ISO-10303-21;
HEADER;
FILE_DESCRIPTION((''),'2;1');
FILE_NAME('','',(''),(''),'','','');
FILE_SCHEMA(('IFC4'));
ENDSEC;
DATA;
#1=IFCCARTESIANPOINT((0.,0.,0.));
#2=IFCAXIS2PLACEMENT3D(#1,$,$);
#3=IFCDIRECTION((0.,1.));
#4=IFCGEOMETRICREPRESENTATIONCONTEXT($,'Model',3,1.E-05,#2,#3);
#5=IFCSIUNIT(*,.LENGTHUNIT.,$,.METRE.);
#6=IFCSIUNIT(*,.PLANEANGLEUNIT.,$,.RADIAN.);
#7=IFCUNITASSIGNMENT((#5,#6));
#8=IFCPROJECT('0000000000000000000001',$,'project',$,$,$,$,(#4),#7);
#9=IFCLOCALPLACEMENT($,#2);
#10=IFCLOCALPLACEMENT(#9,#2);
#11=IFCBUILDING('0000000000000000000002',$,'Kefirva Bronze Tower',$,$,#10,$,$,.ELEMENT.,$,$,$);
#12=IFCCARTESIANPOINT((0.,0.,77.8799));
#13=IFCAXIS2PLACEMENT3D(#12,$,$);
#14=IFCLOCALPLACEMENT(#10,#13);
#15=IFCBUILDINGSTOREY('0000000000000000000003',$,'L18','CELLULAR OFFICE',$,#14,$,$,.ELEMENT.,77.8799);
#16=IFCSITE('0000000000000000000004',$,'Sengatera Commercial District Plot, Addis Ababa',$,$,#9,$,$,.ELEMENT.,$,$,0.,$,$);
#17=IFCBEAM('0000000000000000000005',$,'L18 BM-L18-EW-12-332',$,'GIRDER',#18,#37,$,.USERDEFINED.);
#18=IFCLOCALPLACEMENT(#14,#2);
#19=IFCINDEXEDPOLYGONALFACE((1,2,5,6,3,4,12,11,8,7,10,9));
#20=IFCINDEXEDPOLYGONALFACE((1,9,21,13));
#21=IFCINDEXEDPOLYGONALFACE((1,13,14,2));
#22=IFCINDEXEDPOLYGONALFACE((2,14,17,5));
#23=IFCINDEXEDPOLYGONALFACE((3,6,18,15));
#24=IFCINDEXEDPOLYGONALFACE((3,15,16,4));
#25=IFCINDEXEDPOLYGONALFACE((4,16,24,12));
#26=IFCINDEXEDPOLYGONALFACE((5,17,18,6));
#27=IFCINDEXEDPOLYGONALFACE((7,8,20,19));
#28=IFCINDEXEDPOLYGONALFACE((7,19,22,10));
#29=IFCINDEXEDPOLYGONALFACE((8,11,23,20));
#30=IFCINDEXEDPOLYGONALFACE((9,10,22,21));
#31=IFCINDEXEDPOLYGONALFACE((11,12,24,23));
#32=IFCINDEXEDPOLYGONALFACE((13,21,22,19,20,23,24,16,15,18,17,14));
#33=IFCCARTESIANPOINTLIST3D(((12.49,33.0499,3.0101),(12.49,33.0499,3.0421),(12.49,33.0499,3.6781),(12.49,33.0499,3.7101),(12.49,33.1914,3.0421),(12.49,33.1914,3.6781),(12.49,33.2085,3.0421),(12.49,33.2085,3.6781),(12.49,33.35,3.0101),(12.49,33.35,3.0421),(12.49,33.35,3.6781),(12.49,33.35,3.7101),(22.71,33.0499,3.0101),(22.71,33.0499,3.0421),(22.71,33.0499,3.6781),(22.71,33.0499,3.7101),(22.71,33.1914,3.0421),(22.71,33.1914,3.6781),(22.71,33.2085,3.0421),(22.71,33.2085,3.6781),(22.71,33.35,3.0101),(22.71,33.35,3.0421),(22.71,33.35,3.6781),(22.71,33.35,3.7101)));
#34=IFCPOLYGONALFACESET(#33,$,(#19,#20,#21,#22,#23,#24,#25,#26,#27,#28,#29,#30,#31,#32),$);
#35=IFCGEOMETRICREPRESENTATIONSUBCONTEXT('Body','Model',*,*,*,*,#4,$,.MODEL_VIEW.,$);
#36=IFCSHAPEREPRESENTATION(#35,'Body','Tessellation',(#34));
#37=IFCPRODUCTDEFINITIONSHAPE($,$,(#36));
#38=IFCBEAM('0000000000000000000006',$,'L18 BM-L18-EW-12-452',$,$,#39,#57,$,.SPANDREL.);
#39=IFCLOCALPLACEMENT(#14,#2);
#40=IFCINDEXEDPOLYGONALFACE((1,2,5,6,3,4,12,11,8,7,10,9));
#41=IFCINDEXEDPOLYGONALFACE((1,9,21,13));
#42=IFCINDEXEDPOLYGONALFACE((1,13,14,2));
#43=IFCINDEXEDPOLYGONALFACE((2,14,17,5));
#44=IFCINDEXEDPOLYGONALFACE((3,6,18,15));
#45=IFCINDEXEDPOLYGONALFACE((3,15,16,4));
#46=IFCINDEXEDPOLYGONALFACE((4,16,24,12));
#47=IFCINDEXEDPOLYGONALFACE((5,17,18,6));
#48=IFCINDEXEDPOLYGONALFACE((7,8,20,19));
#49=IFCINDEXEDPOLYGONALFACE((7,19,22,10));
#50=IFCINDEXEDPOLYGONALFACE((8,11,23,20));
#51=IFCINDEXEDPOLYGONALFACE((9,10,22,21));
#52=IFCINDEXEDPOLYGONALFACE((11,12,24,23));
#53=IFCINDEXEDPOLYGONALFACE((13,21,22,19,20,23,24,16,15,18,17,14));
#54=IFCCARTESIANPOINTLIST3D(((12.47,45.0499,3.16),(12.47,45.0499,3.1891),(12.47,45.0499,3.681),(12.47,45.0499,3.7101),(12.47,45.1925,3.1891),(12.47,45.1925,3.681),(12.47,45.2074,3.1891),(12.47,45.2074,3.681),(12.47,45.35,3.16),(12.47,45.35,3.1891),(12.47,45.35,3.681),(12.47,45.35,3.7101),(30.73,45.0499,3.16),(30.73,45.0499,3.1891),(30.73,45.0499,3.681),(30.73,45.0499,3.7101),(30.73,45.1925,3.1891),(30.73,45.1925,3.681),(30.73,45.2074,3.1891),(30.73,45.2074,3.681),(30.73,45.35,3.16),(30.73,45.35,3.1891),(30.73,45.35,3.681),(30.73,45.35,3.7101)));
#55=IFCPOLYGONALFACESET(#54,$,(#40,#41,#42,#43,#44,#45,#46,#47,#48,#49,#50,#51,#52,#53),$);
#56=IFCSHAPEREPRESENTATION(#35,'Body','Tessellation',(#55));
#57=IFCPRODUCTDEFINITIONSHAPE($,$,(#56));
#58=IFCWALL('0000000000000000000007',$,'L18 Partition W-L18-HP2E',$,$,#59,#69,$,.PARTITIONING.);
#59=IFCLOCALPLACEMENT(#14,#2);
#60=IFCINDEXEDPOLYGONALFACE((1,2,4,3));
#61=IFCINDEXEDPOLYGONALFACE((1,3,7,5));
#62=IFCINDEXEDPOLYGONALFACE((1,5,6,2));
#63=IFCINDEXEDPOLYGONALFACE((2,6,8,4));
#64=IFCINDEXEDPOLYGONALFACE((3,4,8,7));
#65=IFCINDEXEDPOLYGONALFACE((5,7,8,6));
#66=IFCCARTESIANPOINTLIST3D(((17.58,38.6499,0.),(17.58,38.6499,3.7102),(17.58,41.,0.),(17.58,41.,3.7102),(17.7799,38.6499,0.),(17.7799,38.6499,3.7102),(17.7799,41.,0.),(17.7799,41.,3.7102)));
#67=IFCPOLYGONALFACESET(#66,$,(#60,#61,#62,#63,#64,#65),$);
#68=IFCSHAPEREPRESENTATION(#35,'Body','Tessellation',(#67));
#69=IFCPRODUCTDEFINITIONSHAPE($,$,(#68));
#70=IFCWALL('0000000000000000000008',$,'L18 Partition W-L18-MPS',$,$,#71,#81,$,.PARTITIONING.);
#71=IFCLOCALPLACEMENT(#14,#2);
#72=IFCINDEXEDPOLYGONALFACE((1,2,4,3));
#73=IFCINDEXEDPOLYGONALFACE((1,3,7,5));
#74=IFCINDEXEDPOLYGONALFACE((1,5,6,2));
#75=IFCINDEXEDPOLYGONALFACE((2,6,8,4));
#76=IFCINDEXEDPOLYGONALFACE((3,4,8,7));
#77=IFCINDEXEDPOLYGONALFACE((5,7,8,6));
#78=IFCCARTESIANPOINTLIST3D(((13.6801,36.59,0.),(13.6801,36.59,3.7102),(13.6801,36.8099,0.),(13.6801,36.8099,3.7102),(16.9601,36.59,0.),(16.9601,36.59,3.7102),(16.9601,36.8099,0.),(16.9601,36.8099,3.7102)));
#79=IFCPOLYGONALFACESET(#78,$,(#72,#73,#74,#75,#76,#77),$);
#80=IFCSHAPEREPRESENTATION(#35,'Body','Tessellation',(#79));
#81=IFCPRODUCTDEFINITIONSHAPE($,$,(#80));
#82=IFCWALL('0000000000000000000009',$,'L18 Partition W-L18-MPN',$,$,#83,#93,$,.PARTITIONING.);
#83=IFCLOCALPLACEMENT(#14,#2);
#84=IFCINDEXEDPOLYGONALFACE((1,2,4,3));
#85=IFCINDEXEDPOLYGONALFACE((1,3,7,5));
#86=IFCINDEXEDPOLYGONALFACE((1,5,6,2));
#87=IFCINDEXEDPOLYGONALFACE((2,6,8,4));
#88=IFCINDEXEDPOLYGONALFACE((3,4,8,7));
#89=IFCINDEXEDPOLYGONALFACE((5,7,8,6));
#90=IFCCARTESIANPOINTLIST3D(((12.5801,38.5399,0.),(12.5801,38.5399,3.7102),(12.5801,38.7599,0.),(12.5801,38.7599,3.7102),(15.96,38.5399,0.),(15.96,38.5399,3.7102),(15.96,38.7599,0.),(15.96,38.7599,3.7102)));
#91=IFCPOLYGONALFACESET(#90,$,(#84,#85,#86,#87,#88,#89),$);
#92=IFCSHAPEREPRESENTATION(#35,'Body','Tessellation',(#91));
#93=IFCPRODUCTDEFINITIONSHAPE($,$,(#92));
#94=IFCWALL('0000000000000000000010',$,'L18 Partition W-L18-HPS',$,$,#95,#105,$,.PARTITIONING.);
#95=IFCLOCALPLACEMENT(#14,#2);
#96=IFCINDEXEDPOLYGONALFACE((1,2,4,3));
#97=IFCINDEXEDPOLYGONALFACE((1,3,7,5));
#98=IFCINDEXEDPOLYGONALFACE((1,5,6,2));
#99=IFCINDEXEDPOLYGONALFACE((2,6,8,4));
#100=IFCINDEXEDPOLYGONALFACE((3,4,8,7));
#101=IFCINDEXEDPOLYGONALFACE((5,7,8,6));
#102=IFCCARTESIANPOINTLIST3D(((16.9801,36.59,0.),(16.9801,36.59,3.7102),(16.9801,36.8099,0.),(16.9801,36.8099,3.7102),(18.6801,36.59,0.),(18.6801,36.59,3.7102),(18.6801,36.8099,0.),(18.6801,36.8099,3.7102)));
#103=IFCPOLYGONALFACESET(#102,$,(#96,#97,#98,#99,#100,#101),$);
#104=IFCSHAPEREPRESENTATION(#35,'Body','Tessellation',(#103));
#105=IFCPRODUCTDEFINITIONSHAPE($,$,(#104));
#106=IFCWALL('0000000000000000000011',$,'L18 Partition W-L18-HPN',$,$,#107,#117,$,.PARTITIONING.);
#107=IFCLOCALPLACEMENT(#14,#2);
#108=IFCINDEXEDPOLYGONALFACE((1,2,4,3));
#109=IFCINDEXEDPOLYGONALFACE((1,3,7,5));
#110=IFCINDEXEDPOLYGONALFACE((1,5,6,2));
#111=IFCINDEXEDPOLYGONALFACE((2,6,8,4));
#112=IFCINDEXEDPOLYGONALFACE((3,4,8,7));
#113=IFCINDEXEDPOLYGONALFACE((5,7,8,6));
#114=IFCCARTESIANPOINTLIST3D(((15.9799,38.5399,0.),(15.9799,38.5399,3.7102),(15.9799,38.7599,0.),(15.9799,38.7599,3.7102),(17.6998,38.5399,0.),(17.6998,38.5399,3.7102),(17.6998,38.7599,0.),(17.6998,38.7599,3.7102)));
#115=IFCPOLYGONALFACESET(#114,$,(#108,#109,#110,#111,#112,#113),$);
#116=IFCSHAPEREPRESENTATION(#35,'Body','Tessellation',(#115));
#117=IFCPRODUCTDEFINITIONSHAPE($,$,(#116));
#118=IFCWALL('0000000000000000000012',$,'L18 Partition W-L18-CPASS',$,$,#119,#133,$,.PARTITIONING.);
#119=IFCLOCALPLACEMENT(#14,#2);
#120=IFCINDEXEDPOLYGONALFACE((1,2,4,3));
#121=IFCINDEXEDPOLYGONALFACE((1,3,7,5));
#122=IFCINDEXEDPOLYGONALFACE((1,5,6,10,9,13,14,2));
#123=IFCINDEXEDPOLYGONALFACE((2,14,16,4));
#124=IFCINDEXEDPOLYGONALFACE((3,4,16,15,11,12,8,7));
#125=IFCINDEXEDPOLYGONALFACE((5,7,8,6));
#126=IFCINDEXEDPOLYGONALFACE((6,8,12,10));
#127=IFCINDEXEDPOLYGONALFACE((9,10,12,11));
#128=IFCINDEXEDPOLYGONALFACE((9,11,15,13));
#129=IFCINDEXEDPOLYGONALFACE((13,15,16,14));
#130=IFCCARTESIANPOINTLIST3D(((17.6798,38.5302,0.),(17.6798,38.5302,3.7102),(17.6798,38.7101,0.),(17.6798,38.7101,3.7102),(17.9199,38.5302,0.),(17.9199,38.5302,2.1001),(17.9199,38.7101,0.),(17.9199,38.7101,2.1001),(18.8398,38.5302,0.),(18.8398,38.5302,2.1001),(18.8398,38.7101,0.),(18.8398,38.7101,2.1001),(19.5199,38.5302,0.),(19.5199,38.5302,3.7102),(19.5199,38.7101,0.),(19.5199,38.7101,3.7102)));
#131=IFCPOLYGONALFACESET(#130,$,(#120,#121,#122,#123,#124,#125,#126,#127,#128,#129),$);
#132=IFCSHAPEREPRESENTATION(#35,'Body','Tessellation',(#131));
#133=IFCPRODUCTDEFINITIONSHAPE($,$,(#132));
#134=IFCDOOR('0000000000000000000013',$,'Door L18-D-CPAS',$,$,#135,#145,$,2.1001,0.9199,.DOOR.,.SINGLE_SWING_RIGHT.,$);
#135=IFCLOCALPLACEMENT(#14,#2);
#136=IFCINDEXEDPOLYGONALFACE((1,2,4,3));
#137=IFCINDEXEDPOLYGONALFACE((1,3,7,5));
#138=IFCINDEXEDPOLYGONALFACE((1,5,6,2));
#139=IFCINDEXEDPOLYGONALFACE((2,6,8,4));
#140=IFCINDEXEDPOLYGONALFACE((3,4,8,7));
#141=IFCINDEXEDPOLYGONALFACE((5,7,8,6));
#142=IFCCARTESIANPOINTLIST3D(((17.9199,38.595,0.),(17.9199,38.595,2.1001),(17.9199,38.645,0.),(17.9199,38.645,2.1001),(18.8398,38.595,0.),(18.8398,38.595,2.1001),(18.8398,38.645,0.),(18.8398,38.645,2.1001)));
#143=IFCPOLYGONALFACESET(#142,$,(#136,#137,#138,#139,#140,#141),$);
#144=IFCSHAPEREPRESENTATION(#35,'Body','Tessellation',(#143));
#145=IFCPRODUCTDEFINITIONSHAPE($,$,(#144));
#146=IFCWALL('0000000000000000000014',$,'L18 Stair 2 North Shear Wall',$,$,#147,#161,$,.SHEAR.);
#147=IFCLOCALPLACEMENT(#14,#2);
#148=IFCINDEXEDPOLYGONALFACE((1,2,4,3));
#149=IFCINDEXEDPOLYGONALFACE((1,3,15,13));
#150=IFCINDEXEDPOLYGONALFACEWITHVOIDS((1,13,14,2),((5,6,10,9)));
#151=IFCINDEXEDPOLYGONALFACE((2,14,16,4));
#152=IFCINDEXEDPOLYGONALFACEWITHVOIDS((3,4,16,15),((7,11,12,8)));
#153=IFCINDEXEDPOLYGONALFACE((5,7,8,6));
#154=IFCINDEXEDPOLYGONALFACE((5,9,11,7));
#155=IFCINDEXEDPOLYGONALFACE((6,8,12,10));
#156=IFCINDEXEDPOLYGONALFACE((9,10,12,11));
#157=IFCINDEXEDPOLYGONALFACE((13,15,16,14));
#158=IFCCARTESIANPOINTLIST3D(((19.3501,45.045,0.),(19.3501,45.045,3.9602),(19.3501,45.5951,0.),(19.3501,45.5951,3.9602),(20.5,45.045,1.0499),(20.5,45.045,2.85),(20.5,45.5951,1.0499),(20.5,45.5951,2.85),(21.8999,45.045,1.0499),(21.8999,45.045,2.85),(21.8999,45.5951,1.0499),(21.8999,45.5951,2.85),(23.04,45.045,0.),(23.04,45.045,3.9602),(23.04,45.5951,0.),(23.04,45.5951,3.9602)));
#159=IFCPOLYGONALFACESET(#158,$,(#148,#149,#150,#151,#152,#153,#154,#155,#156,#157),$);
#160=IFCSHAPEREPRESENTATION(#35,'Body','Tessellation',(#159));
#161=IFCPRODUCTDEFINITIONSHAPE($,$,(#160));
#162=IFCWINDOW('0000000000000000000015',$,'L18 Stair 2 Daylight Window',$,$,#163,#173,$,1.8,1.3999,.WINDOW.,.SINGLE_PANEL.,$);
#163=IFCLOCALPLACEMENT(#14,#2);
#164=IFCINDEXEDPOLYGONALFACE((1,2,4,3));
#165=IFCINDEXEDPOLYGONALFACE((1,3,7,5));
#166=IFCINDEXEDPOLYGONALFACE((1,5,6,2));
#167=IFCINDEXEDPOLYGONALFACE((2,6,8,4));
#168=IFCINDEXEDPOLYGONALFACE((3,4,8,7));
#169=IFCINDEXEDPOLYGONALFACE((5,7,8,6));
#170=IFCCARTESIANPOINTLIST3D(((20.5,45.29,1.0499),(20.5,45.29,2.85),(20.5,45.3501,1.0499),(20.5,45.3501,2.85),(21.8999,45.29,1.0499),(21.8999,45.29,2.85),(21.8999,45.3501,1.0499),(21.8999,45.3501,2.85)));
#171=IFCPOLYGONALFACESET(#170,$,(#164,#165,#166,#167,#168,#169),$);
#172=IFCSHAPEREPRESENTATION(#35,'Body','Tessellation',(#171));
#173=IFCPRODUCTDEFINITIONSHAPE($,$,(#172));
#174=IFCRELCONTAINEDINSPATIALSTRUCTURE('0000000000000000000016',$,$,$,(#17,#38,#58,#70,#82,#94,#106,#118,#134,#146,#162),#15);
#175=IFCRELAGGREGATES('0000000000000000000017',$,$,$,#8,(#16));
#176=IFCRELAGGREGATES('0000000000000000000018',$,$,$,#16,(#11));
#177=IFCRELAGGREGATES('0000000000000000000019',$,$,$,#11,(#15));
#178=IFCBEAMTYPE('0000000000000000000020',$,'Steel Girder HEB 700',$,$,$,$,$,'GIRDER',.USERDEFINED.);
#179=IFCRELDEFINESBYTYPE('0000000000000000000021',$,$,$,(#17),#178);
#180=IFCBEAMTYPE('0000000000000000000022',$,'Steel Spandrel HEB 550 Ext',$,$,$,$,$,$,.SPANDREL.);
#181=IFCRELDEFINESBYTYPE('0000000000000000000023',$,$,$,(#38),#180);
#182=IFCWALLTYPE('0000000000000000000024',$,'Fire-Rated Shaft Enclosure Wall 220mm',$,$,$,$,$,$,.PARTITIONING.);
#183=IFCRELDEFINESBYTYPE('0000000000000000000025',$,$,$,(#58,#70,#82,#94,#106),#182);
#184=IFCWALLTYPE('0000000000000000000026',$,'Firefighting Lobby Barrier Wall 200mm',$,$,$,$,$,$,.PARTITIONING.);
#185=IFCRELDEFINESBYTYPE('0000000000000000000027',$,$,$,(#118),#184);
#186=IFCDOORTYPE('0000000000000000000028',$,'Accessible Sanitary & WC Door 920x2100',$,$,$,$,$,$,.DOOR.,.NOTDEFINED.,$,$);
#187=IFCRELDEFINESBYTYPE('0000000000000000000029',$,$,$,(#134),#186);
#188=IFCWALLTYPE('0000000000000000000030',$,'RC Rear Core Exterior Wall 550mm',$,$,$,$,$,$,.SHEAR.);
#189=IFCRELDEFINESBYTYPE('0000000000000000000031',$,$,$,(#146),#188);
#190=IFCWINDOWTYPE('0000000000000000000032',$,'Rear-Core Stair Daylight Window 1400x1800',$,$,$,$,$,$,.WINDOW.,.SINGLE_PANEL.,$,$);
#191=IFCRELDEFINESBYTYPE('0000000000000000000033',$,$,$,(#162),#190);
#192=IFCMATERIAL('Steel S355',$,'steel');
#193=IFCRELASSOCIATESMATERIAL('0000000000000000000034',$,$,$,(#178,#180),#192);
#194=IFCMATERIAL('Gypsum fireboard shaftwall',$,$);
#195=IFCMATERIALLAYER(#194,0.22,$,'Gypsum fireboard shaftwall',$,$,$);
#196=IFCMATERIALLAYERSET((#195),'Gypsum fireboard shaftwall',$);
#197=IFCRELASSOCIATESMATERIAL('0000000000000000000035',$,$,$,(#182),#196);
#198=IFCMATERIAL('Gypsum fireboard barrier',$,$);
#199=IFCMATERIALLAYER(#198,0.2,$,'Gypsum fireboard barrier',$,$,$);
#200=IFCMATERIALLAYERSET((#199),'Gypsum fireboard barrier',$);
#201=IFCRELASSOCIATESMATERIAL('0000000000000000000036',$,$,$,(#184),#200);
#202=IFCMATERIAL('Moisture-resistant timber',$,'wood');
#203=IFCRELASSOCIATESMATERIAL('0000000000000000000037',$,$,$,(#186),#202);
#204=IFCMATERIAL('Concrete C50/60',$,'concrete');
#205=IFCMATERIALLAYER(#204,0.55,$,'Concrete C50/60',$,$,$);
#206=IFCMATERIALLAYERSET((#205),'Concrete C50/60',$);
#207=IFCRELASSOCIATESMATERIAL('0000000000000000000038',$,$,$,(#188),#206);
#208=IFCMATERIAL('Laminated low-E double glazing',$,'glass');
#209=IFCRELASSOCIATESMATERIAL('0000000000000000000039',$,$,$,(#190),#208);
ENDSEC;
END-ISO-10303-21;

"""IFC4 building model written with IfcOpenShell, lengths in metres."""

from ifc_helpers import new_model, si_unit, direction, frame, frame_2d, origin, origin_2d, place, context, subcontext, project, spatial, rectangle, i_section, extrude, material, layer, layer_set, material_profile, profile_set, type_object, element, fill, save


model = new_model("IFC4")

# Units and contexts
model_context = context("Model", 3, precision=1e-05, world=origin(), true_north=direction((0.0, 1.0)))
body_context = subcontext(model_context, "Body", "Model", "MODEL_VIEW")
ifc_project = project(units=[si_unit("LENGTHUNIT", "METRE"), si_unit("PLANEANGLEUNIT", "RADIAN")], contexts=[model_context])

# Site, building, storey
site_placement = place(None, origin())
site = spatial("IfcSite", under=ifc_project, at=site_placement, Name="Sengatera Commercial District Plot, Addis Ababa", CompositionType="ELEMENT", RefElevation=0.0)
building_placement = place(site_placement, origin())
building = spatial("IfcBuilding", under=site, at=building_placement, Name="Kefirva Bronze Tower", CompositionType="ELEMENT")
storey_placement = place(building_placement, frame((0.0, 0.0, 77.8799)))
storey = spatial("IfcBuildingStorey", under=building, at=storey_placement, Name="L18", Description="CELLULAR OFFICE", CompositionType="ELEMENT", Elevation=77.8799)

# Beams
ifc_material_1 = material(Name="Steel S355", Category="steel")
ifc_material_profile_1 = material_profile(ifc_material_1, i_section(OverallWidth=0.3, OverallDepth=0.7, WebThickness=0.0171, FlangeThickness=0.032, at=origin_2d()), Name="HEB 700")
ifc_profile_set_1 = profile_set([ifc_material_profile_1], Name="Steel S355")
beam_type_1 = type_object("IfcBeamType", Name="Steel Girder HEB 700", ElementType="GIRDER", PredefinedType="USERDEFINED", material=ifc_profile_set_1)
beam_1_placement = place(storey_placement, frame((12.49, 33.2, 3.3601), z_axis=(1.0, 0.0, 0.0), x_axis=(0.0, 1.0, 0.0)))
element("IfcBeam", 1, at=beam_1_placement, inside=storey, type_object=beam_type_1, Name="L18 BM-L18-EW-12-332", ObjectType="GIRDER", PredefinedType="USERDEFINED", context=body_context, shape_type="SweptSolid", body=[
    extrude(i_section(OverallWidth=0.3, OverallDepth=0.7, WebThickness=0.0171, FlangeThickness=0.032, at=origin_2d()), origin(), (0.0, 0.0, 1.0), 10.22),
])
ifc_material_profile_2 = material_profile(ifc_material_1, i_section(OverallWidth=0.3, OverallDepth=0.55, WebThickness=0.0149, FlangeThickness=0.0291, at=origin_2d()), Name="HEB 550")
ifc_profile_set_2 = profile_set([ifc_material_profile_2], Name="Steel S355")
beam_type_2 = type_object("IfcBeamType", Name="Steel Spandrel HEB 550 Ext", PredefinedType="SPANDREL", material=ifc_profile_set_2)
beam_2_placement = place(storey_placement, frame((12.47, 45.2, 3.4351), z_axis=(1.0, 0.0, 0.0), x_axis=(0.0, 1.0, 0.0)))
element("IfcBeam", 2, at=beam_2_placement, inside=storey, type_object=beam_type_2, Name="L18 BM-L18-EW-12-452", PredefinedType="SPANDREL", context=body_context, shape_type="SweptSolid", body=[
    extrude(i_section(OverallWidth=0.3, OverallDepth=0.55, WebThickness=0.0149, FlangeThickness=0.0291, at=origin_2d()), origin(), (0.0, 0.0, 1.0), 18.26),
])

# Walls
ifc_material_2 = material(Name="Gypsum fireboard shaftwall")
ifc_layer_1 = layer(ifc_material_2, 0.22, Name="Gypsum fireboard shaftwall")
ifc_layer_set_1 = layer_set([ifc_layer_1], Name="Gypsum fireboard shaftwall")
wall_type_1 = type_object("IfcWallType", Name="Fire-Rated Shaft Enclosure Wall 220mm", PredefinedType="PARTITIONING", material=ifc_layer_set_1)
wall_1_placement = place(storey_placement, frame((17.6799, 38.6499, 0.0), z_axis=(0.0, 0.0, 1.0), x_axis=(0.0, 1.0, 0.0)))
element("IfcWall", 3, at=wall_1_placement, inside=storey, type_object=wall_type_1, Name="L18 Partition W-L18-HP2E", PredefinedType="PARTITIONING", context=body_context, shape_type="SweptSolid", body=[
    extrude(rectangle(XDim=2.3501, YDim=0.2, at=frame_2d((1.175, 0.0))), origin(), (0.0, 0.0, 1.0), 3.7102),
])
wall_2_placement = place(storey_placement, frame((13.6799, 36.7, 0.0), z_axis=(0.0, 0.0, 1.0), x_axis=(1.0, 0.0, 0.0)))
element("IfcWall", 4, at=wall_2_placement, inside=storey, type_object=wall_type_1, Name="L18 Partition W-L18-MPS", PredefinedType="PARTITIONING", context=body_context, shape_type="SweptSolid", body=[
    extrude(rectangle(XDim=3.28, YDim=0.22, at=frame_2d((1.6401, 0.0))), origin(), (0.0, 0.0, 1.0), 3.7102),
])
wall_3_placement = place(storey_placement, frame((12.5801, 38.6499, 0.0), z_axis=(0.0, 0.0, 1.0), x_axis=(1.0, 0.0, 0.0)))
element("IfcWall", 5, at=wall_3_placement, inside=storey, type_object=wall_type_1, Name="L18 Partition W-L18-MPN", PredefinedType="PARTITIONING", context=body_context, shape_type="SweptSolid", body=[
    extrude(rectangle(XDim=3.3799, YDim=0.22, at=frame_2d((1.6899, 0.0))), origin(), (0.0, 0.0, 1.0), 3.7102),
])
wall_4_placement = place(storey_placement, frame((16.98, 36.7, 0.0), z_axis=(0.0, 0.0, 1.0), x_axis=(1.0, 0.0, 0.0)))
element("IfcWall", 6, at=wall_4_placement, inside=storey, type_object=wall_type_1, Name="L18 Partition W-L18-HPS", PredefinedType="PARTITIONING", context=body_context, shape_type="SweptSolid", body=[
    extrude(rectangle(XDim=1.7, YDim=0.22, at=frame_2d((0.8501, 0.0))), origin(), (0.0, 0.0, 1.0), 3.7102),
])
wall_5_placement = place(storey_placement, frame((15.98, 38.6499, 0.0), z_axis=(0.0, 0.0, 1.0), x_axis=(1.0, 0.0, 0.0)))
element("IfcWall", 7, at=wall_5_placement, inside=storey, type_object=wall_type_1, Name="L18 Partition W-L18-HPN", PredefinedType="PARTITIONING", context=body_context, shape_type="SweptSolid", body=[
    extrude(rectangle(XDim=1.72, YDim=0.22, at=frame_2d((0.8599, 0.0))), origin(), (0.0, 0.0, 1.0), 3.7102),
])

# Wall, opening, door
ifc_material_3 = material(Name="Gypsum fireboard barrier")
ifc_layer_2 = layer(ifc_material_3, 0.2, Name="Gypsum fireboard barrier")
ifc_layer_set_2 = layer_set([ifc_layer_2], Name="Gypsum fireboard barrier")
wall_type_2 = type_object("IfcWallType", Name="Firefighting Lobby Barrier Wall 200mm", PredefinedType="PARTITIONING", material=ifc_layer_set_2)
wall_6_placement = place(storey_placement, frame((17.6799, 38.6201, 0.0), z_axis=(0.0, 0.0, 1.0), x_axis=(1.0, 0.0, 0.0)))
wall_6 = element("IfcWall", 8, at=wall_6_placement, inside=storey, type_object=wall_type_2, Name="L18 Partition W-L18-CPASS", PredefinedType="PARTITIONING", context=body_context, shape_type="SweptSolid", body=[
    extrude(rectangle(XDim=1.8401, YDim=0.1799, at=frame_2d((0.9199, 0.0))), origin(), (0.0, 0.0, 1.0), 3.7102),
])
opening_1_placement = place(wall_6_placement, frame((0.24, 0.0, 0.0)))
opening_1 = element("IfcOpeningElement", 9, at=opening_1_placement, cuts=wall_6, PredefinedType="OPENING", context=body_context, shape_type="SweptSolid", body=[
    extrude(rectangle(XDim=0.9199, YDim=2.1001, at=frame_2d((0.46, 1.05))), frame((0.0, 0.1001, 0.0), z_axis=(0.0, -1.0, 0.0), x_axis=(1.0, 0.0, 0.0)), (0.0, 0.0, 1.0), 0.2),
])
ifc_material_4 = material(Name="Moisture-resistant timber", Category="wood")
door_type_1 = type_object("IfcDoorType", Name="Accessible Sanitary & WC Door 920x2100", OperationType="NOTDEFINED", PredefinedType="DOOR", material=ifc_material_4)
door_1_placement = place(opening_1_placement, origin())
door_1 = element("IfcDoor", 10, at=door_1_placement, inside=storey, type_object=door_type_1, Name="Door L18-D-CPAS", OperationType="SINGLE_SWING_RIGHT", OverallHeight=2.1001, OverallWidth=0.9199, PredefinedType="DOOR", context=body_context, shape_type="SweptSolid", body=[
    extrude(rectangle(XDim=0.9199, YDim=2.1001, at=frame_2d((0.46, 1.05))), frame((0.0, 0.0249, 0.0), z_axis=(0.0, -1.0, 0.0), x_axis=(1.0, 0.0, 0.0)), (0.0, 0.0, 1.0), 0.05),
])
fill(opening_1, door_1)

# Wall, opening, window
ifc_material_5 = material(Name="Concrete C50/60", Category="concrete")
ifc_layer_3 = layer(ifc_material_5, 0.55, Name="Concrete C50/60")
ifc_layer_set_3 = layer_set([ifc_layer_3], Name="Concrete C50/60")
wall_type_3 = type_object("IfcWallType", Name="RC Rear Core Exterior Wall 550mm", PredefinedType="SHEAR", material=ifc_layer_set_3)
wall_7_placement = place(storey_placement, frame((19.3501, 45.3201, 0.0), z_axis=(0.0, 0.0, 1.0), x_axis=(1.0, 0.0, 0.0)))
wall_7 = element("IfcWall", 11, at=wall_7_placement, inside=storey, type_object=wall_type_3, Name="L18 Stair 2 North Shear Wall", PredefinedType="SHEAR", context=body_context, shape_type="SweptSolid", body=[
    extrude(rectangle(XDim=3.6899, YDim=0.55, at=frame_2d((1.845, 0.0))), origin(), (0.0, 0.0, 1.0), 3.9602),
])
opening_2_placement = place(wall_7_placement, frame((1.1499, 0.0, 1.05)))
opening_2 = element("IfcOpeningElement", 12, at=opening_2_placement, cuts=wall_7, PredefinedType="OPENING", context=body_context, shape_type="SweptSolid", body=[
    extrude(rectangle(XDim=1.3999, YDim=1.8, at=frame_2d((0.7, 0.8999))), frame((0.0, 0.2852, 0.0), z_axis=(0.0, -1.0, 0.0), x_axis=(1.0, 0.0, 0.0)), (0.0, 0.0, 1.0), 0.5701),
])
ifc_material_6 = material(Name="Laminated low-E double glazing", Category="glass")
window_type = type_object("IfcWindowType", Name="Rear-Core Stair Daylight Window 1400x1800", PartitioningType="SINGLE_PANEL", PredefinedType="WINDOW", material=ifc_material_6)
window_placement = place(opening_2_placement, origin())
window = element("IfcWindow", 13, at=window_placement, inside=storey, type_object=window_type, Name="L18 Stair 2 Daylight Window", OverallHeight=1.8, OverallWidth=1.3999, PartitioningType="SINGLE_PANEL", PredefinedType="WINDOW", context=body_context, shape_type="SweptSolid", body=[
    extrude(rectangle(XDim=1.3999, YDim=1.8, at=frame_2d((0.7, 0.8999))), frame((0.0, 0.03, 0.0), z_axis=(0.0, -1.0, 0.0), x_axis=(1.0, 0.0, 0.0)), (0.0, 0.0, 1.0), 0.0601),
])
fill(opening_2, window)

save(model, "model.ifc")
